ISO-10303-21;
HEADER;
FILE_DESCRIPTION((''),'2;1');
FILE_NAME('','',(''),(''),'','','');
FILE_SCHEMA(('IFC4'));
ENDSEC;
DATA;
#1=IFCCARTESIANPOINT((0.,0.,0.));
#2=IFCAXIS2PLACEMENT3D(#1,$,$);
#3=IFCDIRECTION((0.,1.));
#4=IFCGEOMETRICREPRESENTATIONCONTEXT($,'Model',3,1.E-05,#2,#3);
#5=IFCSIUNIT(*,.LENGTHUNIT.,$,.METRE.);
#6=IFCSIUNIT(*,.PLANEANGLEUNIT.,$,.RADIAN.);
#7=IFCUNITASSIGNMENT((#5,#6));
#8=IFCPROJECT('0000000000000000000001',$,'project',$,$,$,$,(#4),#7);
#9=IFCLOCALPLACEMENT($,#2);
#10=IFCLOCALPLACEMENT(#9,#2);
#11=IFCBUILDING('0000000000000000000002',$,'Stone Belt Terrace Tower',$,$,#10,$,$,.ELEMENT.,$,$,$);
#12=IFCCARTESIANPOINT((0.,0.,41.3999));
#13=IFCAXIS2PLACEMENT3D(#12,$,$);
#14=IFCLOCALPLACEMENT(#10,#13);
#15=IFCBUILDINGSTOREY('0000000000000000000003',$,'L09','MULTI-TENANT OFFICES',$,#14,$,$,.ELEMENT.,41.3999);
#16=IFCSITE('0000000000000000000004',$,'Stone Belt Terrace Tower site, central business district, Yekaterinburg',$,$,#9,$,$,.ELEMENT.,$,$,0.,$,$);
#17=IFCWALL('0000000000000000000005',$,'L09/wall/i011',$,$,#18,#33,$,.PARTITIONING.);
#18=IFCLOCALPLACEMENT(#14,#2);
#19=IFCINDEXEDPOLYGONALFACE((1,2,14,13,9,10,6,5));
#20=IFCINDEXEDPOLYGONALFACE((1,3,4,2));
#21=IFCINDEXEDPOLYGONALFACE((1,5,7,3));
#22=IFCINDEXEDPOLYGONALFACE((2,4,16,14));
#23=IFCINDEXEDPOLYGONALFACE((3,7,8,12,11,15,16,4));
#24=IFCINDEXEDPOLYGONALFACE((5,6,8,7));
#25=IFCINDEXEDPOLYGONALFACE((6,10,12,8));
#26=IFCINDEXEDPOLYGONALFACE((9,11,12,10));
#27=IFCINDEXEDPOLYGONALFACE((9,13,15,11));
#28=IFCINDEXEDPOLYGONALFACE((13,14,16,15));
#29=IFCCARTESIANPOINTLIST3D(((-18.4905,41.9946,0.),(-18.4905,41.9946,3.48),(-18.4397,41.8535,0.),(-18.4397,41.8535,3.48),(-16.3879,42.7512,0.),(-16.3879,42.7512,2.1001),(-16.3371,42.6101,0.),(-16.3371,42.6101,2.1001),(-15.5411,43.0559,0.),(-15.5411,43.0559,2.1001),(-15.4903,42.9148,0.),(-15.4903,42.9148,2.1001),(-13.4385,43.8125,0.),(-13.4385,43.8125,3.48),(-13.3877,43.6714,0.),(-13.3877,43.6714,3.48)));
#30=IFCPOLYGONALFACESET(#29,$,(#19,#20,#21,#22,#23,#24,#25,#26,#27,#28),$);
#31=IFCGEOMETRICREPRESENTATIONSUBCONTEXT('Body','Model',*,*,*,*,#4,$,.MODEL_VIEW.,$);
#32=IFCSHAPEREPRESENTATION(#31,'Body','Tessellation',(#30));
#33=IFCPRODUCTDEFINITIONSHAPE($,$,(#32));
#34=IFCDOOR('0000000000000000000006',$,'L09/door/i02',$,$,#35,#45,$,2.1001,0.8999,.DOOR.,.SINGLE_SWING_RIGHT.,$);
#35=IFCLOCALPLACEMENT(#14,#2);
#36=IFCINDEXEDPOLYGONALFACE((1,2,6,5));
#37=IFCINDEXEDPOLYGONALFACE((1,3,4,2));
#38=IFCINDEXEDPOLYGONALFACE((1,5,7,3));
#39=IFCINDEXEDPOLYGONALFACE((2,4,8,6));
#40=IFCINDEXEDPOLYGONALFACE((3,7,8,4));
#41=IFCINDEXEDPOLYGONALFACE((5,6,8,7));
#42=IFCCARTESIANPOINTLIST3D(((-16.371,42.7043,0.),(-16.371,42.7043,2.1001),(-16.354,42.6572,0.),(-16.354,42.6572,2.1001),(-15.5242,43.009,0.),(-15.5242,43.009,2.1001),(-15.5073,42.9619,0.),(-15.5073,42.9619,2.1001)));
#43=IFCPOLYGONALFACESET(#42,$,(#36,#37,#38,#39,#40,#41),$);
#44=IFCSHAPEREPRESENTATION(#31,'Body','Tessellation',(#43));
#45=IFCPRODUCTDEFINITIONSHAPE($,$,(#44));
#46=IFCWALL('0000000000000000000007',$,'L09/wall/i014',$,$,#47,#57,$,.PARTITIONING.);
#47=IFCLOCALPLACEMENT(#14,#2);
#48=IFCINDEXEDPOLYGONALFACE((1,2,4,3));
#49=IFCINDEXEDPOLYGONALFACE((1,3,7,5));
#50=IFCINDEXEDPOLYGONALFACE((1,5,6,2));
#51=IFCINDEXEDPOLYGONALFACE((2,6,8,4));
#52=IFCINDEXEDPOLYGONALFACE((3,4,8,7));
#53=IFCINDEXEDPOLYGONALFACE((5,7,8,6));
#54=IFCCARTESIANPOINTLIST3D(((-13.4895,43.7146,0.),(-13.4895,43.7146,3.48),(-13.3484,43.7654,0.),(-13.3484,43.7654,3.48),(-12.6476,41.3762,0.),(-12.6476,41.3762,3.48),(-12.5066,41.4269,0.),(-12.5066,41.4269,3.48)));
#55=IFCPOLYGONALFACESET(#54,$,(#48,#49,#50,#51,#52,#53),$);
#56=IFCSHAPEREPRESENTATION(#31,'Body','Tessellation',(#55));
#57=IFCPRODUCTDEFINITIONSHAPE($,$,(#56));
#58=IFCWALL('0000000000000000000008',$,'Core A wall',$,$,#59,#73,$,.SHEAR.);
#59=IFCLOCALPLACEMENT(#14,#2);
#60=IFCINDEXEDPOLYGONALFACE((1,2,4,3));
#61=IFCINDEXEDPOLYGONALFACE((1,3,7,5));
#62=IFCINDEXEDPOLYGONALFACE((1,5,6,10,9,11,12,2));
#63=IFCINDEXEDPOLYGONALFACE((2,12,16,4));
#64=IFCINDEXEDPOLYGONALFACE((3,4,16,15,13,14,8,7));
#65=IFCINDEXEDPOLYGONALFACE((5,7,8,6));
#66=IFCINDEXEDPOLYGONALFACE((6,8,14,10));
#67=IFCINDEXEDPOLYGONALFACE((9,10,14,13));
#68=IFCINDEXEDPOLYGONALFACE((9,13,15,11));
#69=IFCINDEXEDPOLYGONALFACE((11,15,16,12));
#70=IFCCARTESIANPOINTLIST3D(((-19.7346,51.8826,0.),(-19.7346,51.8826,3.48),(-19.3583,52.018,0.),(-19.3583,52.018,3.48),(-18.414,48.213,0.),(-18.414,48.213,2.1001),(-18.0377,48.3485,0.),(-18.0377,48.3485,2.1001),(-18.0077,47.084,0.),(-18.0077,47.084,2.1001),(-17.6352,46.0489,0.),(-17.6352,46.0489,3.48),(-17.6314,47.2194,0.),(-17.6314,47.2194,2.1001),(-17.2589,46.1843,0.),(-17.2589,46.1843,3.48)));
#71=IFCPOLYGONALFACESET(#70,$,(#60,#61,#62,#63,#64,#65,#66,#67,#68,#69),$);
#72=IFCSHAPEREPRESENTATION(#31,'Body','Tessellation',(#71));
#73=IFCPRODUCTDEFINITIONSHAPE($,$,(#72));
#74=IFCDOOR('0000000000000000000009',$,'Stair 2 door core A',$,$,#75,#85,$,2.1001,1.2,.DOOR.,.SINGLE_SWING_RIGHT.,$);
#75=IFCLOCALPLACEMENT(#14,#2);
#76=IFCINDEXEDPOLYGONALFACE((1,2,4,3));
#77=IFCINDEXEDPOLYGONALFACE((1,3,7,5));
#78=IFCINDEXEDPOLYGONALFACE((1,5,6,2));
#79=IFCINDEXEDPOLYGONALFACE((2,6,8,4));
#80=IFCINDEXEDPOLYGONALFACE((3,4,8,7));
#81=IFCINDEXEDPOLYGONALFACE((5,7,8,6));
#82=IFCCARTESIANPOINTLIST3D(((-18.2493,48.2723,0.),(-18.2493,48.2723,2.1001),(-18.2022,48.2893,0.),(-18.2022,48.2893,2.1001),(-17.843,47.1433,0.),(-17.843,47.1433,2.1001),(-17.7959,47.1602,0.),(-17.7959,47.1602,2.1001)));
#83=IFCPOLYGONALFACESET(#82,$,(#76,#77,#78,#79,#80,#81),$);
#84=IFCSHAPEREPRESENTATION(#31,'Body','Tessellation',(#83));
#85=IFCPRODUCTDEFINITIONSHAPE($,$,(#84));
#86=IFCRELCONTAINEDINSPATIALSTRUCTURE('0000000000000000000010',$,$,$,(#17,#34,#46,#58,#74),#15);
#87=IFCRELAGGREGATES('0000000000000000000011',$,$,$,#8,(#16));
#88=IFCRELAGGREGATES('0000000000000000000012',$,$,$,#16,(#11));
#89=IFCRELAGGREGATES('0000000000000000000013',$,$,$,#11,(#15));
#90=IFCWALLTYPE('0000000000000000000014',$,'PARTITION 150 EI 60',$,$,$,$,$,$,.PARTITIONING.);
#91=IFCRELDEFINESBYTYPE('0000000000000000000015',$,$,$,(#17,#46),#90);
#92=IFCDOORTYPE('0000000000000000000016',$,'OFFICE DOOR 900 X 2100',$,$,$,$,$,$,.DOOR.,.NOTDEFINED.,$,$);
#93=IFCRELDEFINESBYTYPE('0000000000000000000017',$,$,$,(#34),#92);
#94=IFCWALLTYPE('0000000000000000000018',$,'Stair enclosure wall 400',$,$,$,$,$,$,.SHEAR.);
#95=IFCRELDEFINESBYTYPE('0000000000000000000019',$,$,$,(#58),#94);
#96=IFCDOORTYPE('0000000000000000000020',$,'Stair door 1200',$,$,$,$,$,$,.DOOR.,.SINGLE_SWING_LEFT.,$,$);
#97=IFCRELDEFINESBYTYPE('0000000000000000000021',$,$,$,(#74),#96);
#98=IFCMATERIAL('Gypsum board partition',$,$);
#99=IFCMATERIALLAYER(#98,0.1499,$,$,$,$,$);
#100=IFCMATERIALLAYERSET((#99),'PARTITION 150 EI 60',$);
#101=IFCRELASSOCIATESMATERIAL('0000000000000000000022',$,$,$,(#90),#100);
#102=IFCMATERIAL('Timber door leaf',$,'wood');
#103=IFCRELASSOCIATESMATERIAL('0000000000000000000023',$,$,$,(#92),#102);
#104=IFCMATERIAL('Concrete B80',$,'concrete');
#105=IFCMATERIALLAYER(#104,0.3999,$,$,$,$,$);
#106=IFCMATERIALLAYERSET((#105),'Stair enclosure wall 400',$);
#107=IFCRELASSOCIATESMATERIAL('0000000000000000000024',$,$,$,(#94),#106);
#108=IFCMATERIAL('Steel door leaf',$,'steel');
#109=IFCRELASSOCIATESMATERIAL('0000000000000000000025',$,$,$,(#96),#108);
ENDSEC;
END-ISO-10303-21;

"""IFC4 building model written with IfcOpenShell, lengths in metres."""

from ifc_helpers import new_model, si_unit, direction, frame, frame_2d, origin, place, context, subcontext, project, spatial, rectangle, extrude, material, layer, layer_set, type_object, element, fill, save


model = new_model("IFC4")

# Units and contexts
model_context = context("Model", 3, precision=1e-05, world=origin(), true_north=direction((0.0, 1.0)))
body_context = subcontext(model_context, "Body", "Model", "MODEL_VIEW")
ifc_project = project(units=[si_unit("LENGTHUNIT", "METRE"), si_unit("PLANEANGLEUNIT", "RADIAN")], contexts=[model_context])

# Site, building, storey
site_placement = place(None, origin())
site = spatial("IfcSite", under=ifc_project, at=site_placement, Name="Stone Belt Terrace Tower site, central business district, Yekaterinburg", CompositionType="ELEMENT", RefElevation=0.0)
building_placement = place(site_placement, origin())
building = spatial("IfcBuilding", under=site, at=building_placement, Name="Stone Belt Terrace Tower", CompositionType="ELEMENT")
storey_placement = place(building_placement, frame((0.0, 0.0, 41.3999)))
storey = spatial("IfcBuildingStorey", under=building, at=storey_placement, Name="L09", Description="MULTI-TENANT OFFICES", CompositionType="ELEMENT", Elevation=41.3999)

# Shared definitions
ifc_material_1 = material(Name="Concrete B80", Category="concrete")

# Shared definitions
ifc_material_2 = material(Name="Gypsum board partition")
ifc_layer_1 = layer(ifc_material_2, 0.1499)
ifc_layer_set_1 = layer_set([ifc_layer_1], Name="PARTITION 150 EI 60")
wall_type_1 = type_object("IfcWallType", Name="PARTITION 150 EI 60", PredefinedType="PARTITIONING", material=ifc_layer_set_1)

# Wall, opening, door
wall_1_placement = place(storey_placement, frame((-13.4131, 43.7419, 0.0), z_axis=(0.0, 0.0, 1.0), x_axis=(-0.940938, -0.338579, 0.0)))
wall_1 = element("IfcWall", 1, at=wall_1_placement, inside=storey, type_object=wall_type_1, Name="L09/wall/i011", PredefinedType="PARTITIONING", context=body_context, shape_type="SweptSolid", body=[
    extrude(rectangle(XDim=5.3691, YDim=0.1499, at=frame_2d((2.6846, 0.0))), origin(), (0.0, 0.0, 1.0), 3.48),
])
opening_1_placement = place(wall_1_placement, frame((2.2346, 0.0, 0.0)))
opening_1 = element("IfcOpeningElement", 2, at=opening_1_placement, cuts=wall_1, PredefinedType="OPENING", context=body_context, shape_type="SweptSolid", body=[
    extrude(rectangle(XDim=0.8999, YDim=2.1001, at=frame_2d((0.45, 1.05))), frame((0.0, 0.085, 0.0), z_axis=(0.0, -1.0, 0.0), x_axis=(1.0, 0.0, 0.0)), (0.0, 0.0, 1.0), 0.1699),
])
ifc_material_3 = material(Name="Timber door leaf", Category="wood")
door_type_1 = type_object("IfcDoorType", Name="OFFICE DOOR 900 X 2100", OperationType="NOTDEFINED", PredefinedType="DOOR", material=ifc_material_3)
door_1_placement = place(opening_1_placement, origin())
door_1 = element("IfcDoor", 3, at=door_1_placement, inside=storey, type_object=door_type_1, Name="L09/door/i02", OperationType="SINGLE_SWING_RIGHT", OverallHeight=2.1001, OverallWidth=0.8999, PredefinedType="DOOR", context=body_context, shape_type="SweptSolid", body=[
    extrude(rectangle(XDim=0.8999, YDim=2.1001, at=frame_2d((0.45, 1.05))), frame((0.0, 0.0249, 0.0), z_axis=(0.0, -1.0, 0.0), x_axis=(1.0, 0.0, 0.0)), (0.0, 0.0, 1.0), 0.05),
])
fill(opening_1, door_1)

# Wall
wall_2_placement = place(storey_placement, frame((-13.4189, 43.74, 0.0), z_axis=(0.0, 0.0, 1.0), x_axis=(0.338713, -0.94089, 0.0)))
element("IfcWall", 4, at=wall_2_placement, inside=storey, type_object=wall_type_1, Name="L09/wall/i014", PredefinedType="PARTITIONING", context=body_context, shape_type="SweptSolid", body=[
    extrude(rectangle(XDim=2.4854, YDim=0.1499, at=frame_2d((1.2427, 0.0))), origin(), (0.0, 0.0, 1.0), 3.48),
])

# Wall, opening, door
ifc_layer_2 = layer(ifc_material_1, 0.3999)
ifc_layer_set_2 = layer_set([ifc_layer_2], Name="Stair enclosure wall 400")
wall_type_2 = type_object("IfcWallType", Name="Stair enclosure wall 400", PredefinedType="SHEAR", material=ifc_layer_set_2)
wall_3_placement = place(storey_placement, frame((-17.447, 46.1165, 0.0), z_axis=(0.0, 0.0, 1.0), x_axis=(-0.338608, 0.940928, 0.0)))
wall_3 = element("IfcWall", 5, at=wall_3_placement, inside=storey, type_object=wall_type_2, Name="Core A wall", PredefinedType="SHEAR", context=body_context, shape_type="SweptSolid", body=[
    extrude(rectangle(XDim=6.2, YDim=0.3999, at=frame_2d((3.1001, 0.0))), origin(), (0.0, 0.0, 1.0), 3.48),
])
opening_2_placement = place(wall_3_placement, frame((1.1001, 0.0, 0.0)))
opening_2 = element("IfcOpeningElement", 6, at=opening_2_placement, cuts=wall_3, PredefinedType="OPENING", context=body_context, shape_type="SweptSolid", body=[
    extrude(rectangle(XDim=1.2, YDim=2.1001, at=frame_2d((0.6001, 1.05))), frame((0.0, 0.21, 0.0), z_axis=(0.0, -1.0, 0.0), x_axis=(1.0, 0.0, 0.0)), (0.0, 0.0, 1.0), 0.4199),
])
ifc_material_4 = material(Name="Steel door leaf", Category="steel")
door_type_2 = type_object("IfcDoorType", Name="Stair door 1200", OperationType="SINGLE_SWING_LEFT", PredefinedType="DOOR", material=ifc_material_4)
door_2_placement = place(opening_2_placement, origin())
door_2 = element("IfcDoor", 7, at=door_2_placement, inside=storey, type_object=door_type_2, Name="Stair 2 door core A", OperationType="SINGLE_SWING_RIGHT", OverallHeight=2.1001, OverallWidth=1.2, PredefinedType="DOOR", context=body_context, shape_type="SweptSolid", body=[
    extrude(rectangle(XDim=1.2, YDim=2.1001, at=frame_2d((0.6001, 1.05))), frame((0.0, 0.0249, 0.0), z_axis=(0.0, -1.0, 0.0), x_axis=(1.0, 0.0, 0.0)), (0.0, 0.0, 1.0), 0.05),
])
fill(opening_2, door_2)

save(model, "model.ifc")
